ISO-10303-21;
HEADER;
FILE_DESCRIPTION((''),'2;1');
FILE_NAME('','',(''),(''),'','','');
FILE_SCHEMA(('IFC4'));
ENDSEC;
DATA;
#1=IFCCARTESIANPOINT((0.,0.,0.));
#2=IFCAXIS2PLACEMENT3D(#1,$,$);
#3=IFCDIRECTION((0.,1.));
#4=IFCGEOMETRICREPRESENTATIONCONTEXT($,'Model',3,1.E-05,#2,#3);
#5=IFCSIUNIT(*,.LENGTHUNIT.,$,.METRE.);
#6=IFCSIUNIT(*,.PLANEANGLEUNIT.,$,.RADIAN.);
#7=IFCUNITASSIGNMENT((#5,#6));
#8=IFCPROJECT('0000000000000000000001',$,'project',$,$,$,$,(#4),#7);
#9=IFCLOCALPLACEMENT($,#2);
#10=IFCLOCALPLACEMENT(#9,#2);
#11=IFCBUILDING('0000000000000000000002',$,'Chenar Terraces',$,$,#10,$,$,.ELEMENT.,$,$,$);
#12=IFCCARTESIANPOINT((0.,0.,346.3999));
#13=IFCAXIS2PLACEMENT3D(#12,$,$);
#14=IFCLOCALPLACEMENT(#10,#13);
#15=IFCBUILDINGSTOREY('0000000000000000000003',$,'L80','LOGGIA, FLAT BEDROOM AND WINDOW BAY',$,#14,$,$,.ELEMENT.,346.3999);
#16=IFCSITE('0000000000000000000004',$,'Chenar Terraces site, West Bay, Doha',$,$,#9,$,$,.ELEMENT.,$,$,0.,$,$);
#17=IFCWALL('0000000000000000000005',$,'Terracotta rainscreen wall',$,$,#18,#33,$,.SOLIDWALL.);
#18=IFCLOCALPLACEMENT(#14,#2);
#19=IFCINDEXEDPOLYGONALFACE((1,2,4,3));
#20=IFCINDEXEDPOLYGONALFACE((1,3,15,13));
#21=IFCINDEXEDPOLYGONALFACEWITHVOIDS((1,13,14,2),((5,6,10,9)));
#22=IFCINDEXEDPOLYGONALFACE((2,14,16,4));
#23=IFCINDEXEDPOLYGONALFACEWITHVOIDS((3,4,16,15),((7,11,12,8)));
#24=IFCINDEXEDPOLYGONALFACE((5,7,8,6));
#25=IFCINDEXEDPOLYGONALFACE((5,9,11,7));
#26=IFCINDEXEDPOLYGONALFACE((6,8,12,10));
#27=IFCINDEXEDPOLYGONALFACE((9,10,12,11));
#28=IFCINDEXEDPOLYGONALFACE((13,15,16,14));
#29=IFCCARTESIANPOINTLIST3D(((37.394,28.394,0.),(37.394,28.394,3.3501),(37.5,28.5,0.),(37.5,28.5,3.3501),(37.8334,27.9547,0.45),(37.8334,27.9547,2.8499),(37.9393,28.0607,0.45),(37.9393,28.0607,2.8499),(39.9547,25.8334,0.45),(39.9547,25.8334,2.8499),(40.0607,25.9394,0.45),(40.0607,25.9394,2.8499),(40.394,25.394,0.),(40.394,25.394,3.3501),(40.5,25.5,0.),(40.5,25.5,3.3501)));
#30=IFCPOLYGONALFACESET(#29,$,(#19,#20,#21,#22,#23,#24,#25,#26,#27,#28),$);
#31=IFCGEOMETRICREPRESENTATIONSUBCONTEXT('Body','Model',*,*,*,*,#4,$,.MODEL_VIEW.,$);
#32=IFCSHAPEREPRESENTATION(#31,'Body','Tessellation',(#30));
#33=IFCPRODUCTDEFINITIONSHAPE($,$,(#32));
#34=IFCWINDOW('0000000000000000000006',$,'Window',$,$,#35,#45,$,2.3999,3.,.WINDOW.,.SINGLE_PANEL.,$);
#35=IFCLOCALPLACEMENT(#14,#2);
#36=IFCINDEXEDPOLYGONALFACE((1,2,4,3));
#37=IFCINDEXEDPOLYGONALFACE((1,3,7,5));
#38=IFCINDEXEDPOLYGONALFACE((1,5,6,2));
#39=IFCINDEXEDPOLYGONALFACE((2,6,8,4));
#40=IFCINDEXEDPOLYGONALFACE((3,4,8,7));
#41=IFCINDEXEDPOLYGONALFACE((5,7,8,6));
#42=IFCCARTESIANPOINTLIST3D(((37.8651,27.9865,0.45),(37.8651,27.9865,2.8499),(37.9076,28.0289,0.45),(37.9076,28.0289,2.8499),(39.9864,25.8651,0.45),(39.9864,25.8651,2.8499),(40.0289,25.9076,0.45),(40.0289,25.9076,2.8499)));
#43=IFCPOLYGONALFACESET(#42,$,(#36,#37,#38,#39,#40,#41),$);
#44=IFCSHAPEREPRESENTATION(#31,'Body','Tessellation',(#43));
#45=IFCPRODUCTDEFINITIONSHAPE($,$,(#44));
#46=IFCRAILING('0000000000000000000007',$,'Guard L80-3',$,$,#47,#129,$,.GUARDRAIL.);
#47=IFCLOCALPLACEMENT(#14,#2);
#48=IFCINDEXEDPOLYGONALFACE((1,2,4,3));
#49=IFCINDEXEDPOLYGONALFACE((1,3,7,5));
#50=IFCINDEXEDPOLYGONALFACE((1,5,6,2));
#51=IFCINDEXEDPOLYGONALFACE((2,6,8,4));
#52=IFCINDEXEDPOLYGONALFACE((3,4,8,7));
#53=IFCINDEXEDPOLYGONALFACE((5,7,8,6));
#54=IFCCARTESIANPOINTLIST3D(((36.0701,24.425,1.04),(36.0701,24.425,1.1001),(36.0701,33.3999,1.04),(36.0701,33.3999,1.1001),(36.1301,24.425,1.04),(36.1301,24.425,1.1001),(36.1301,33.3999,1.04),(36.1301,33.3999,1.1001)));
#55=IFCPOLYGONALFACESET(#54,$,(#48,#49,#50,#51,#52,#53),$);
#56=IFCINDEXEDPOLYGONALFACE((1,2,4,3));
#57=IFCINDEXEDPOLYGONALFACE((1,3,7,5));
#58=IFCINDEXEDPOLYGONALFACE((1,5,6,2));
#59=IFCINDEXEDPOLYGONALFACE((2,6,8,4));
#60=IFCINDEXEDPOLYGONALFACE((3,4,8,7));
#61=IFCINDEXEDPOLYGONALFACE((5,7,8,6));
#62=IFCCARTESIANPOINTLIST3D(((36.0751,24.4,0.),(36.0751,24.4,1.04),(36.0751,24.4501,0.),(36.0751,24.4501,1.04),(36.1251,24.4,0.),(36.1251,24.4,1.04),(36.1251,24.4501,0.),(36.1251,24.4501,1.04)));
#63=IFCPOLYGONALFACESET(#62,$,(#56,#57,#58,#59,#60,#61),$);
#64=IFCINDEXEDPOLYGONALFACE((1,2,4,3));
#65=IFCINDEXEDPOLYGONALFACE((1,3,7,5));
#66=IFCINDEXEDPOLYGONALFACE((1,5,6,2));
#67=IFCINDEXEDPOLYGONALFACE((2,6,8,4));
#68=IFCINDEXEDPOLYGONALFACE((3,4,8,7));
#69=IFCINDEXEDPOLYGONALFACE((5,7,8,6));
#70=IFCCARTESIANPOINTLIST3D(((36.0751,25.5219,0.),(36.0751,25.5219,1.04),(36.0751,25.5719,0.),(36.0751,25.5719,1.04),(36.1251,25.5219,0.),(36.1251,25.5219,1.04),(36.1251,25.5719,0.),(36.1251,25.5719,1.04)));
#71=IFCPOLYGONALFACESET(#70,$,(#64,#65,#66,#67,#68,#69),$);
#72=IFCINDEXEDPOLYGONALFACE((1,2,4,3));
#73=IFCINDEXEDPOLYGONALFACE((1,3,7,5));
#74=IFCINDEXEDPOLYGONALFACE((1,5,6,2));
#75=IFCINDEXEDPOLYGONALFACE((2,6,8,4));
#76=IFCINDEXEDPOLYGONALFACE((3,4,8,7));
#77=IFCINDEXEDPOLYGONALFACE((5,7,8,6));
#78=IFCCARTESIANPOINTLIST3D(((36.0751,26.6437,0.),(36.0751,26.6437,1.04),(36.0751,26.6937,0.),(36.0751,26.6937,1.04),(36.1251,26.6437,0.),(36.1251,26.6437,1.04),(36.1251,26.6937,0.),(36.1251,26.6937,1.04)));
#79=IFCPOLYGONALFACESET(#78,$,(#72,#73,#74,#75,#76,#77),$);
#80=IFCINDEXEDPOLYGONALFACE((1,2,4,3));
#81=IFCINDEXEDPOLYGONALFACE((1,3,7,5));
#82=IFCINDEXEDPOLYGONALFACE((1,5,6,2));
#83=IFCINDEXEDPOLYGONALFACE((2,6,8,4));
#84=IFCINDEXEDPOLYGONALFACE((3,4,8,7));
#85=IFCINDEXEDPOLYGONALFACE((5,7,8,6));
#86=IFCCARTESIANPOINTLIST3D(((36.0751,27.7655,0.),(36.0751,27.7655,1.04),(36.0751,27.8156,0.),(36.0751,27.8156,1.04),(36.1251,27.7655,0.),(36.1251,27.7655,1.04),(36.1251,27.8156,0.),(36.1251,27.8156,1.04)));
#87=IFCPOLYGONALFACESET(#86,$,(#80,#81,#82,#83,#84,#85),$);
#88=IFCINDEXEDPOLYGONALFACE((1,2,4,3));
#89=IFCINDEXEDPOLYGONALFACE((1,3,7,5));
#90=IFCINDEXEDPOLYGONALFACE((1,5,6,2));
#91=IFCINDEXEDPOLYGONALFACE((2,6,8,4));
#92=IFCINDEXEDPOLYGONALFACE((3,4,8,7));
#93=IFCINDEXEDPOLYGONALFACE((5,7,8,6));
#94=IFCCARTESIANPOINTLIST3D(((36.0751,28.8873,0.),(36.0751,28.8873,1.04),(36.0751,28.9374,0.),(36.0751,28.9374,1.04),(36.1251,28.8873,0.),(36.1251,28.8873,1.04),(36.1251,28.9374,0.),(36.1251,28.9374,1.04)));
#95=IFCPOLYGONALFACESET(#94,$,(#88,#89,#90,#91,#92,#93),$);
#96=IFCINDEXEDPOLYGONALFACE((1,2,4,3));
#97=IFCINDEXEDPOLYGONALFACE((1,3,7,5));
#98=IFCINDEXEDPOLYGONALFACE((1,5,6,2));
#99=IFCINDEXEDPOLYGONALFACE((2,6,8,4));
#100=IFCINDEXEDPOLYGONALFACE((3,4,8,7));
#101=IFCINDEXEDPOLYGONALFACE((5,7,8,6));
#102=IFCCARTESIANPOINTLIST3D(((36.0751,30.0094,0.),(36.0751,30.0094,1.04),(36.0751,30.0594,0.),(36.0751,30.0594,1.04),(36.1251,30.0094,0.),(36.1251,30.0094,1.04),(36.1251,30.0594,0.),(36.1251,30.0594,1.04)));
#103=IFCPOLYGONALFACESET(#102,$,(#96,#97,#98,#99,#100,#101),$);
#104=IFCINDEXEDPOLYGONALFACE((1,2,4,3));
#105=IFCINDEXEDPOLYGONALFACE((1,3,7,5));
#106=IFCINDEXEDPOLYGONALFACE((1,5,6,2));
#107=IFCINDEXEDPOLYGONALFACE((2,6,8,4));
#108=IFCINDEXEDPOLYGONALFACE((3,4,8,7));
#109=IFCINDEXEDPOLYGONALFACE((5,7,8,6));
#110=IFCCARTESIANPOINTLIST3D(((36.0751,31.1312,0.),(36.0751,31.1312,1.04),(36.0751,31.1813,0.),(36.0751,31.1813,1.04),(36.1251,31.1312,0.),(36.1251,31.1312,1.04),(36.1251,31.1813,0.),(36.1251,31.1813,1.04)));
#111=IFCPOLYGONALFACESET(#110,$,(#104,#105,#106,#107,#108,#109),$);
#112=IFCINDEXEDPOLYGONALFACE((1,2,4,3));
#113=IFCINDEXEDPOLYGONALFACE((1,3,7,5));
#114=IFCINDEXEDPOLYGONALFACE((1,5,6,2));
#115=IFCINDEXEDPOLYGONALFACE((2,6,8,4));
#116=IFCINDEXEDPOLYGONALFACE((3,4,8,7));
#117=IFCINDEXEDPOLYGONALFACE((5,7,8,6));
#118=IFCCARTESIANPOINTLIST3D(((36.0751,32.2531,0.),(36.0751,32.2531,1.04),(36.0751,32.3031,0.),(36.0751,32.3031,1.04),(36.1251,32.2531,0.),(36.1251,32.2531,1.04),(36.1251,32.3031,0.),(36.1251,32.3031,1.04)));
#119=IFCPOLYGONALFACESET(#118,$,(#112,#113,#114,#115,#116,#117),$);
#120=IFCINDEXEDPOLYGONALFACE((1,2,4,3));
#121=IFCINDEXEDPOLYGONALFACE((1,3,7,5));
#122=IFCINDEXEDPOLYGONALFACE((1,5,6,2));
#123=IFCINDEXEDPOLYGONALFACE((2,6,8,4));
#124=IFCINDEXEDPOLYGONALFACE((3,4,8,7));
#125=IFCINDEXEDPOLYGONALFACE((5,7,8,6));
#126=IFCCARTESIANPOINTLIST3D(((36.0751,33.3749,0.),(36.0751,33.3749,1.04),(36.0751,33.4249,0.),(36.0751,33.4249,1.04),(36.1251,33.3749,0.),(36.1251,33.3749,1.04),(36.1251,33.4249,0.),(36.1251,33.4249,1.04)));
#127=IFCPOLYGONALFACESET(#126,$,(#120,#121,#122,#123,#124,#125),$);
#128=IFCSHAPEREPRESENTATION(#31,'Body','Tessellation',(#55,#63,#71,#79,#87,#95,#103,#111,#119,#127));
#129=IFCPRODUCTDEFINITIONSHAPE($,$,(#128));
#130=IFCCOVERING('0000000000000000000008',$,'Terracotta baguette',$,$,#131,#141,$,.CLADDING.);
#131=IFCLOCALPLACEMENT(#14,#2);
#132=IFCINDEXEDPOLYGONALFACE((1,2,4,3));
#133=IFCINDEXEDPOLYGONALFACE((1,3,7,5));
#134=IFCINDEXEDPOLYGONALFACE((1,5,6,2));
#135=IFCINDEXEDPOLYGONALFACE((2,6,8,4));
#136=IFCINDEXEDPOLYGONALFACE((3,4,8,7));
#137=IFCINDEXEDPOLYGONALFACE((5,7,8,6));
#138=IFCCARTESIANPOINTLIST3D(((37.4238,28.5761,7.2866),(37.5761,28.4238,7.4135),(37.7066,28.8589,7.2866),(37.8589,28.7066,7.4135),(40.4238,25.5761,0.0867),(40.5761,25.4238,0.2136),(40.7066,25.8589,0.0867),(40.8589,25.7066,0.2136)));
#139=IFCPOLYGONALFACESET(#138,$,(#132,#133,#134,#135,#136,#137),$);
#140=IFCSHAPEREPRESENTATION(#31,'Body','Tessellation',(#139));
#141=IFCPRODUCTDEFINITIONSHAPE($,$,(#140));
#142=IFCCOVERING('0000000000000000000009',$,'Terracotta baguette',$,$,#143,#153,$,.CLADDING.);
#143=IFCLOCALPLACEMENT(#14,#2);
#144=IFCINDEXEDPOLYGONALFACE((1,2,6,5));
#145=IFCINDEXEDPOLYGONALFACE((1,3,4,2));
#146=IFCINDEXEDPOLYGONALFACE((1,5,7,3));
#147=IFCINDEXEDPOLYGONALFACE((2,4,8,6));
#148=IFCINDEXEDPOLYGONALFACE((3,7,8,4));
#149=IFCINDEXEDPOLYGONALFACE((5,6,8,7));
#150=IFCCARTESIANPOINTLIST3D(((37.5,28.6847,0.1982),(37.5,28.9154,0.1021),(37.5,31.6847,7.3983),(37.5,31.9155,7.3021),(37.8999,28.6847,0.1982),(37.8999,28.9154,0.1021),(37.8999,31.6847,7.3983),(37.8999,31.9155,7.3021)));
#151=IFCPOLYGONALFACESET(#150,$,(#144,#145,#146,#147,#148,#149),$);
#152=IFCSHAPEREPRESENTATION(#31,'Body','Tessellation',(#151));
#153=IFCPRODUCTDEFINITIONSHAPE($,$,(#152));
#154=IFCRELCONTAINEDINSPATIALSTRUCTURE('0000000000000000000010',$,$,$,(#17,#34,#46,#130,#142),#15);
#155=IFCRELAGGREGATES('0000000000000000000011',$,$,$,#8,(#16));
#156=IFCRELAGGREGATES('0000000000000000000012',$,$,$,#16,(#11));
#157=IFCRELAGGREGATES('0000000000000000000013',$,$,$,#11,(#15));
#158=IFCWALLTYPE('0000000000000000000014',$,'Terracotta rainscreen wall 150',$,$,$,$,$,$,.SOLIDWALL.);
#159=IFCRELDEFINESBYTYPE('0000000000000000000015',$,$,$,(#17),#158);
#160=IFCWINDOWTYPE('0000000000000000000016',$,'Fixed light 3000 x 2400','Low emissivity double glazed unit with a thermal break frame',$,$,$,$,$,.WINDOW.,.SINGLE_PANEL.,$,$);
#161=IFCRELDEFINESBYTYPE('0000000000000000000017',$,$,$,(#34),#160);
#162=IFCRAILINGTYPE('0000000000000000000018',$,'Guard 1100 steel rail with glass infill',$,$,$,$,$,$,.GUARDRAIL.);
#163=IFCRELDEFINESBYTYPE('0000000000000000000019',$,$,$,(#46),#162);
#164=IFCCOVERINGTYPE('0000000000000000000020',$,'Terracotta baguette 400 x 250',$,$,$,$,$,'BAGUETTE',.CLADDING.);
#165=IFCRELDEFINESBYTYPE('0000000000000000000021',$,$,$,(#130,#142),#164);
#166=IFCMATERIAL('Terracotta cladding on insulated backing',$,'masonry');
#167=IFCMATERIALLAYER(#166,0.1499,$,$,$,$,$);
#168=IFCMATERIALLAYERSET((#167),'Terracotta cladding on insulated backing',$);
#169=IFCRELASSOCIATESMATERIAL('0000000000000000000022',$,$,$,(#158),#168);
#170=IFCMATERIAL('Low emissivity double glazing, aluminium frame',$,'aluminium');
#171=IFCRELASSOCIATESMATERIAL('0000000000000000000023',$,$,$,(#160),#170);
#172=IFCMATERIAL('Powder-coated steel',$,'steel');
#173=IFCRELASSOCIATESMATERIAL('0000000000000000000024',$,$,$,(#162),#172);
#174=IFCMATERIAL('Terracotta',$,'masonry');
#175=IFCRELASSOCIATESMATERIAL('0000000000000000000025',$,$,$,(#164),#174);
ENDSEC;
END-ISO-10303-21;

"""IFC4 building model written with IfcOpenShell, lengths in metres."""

from ifc_helpers import new_model, si_unit, direction, frame, frame_2d, origin, origin_2d, place, context, subcontext, project, spatial, rectangle, extrude, material, layer, layer_set, material_profile, profile_set, type_object, element, fill, save


model = new_model("IFC4")

# Units and contexts
model_context = context("Model", 3, precision=1e-05, world=origin(), true_north=direction((0.0, 1.0)))
body_context = subcontext(model_context, "Body", "Model", "MODEL_VIEW")
ifc_project = project(units=[si_unit("LENGTHUNIT", "METRE"), si_unit("PLANEANGLEUNIT", "RADIAN")], contexts=[model_context])

# Site, building, storey
site_placement = place(None, origin())
site = spatial("IfcSite", under=ifc_project, at=site_placement, Name="Chenar Terraces site, West Bay, Doha", CompositionType="ELEMENT", RefElevation=0.0)
building_placement = place(site_placement, origin())
building = spatial("IfcBuilding", under=site, at=building_placement, Name="Chenar Terraces", CompositionType="ELEMENT")
storey_placement = place(building_placement, frame((0.0, 0.0, 346.3999)))
storey = spatial("IfcBuildingStorey", under=building, at=storey_placement, Name="L80", Description="LOGGIA, FLAT BEDROOM AND WINDOW BAY", CompositionType="ELEMENT", Elevation=346.3999)

# Wall, opening, window
ifc_material_1 = material(Name="Terracotta cladding on insulated backing", Category="masonry")
ifc_layer_1 = layer(ifc_material_1, 0.1499)
ifc_layer_set_1 = layer_set([ifc_layer_1], Name="Terracotta cladding on insulated backing")
wall_type_1 = type_object("IfcWallType", Name="Terracotta rainscreen wall 150", PredefinedType="SOLIDWALL", material=ifc_layer_set_1)
wall_1_placement = place(storey_placement, frame((40.447, 25.447, 0.0), z_axis=(0.0, 0.0, 1.0), x_axis=(-0.707107, 0.707107, 0.0)))
wall_1 = element("IfcWall", 1, at=wall_1_placement, inside=storey, type_object=wall_type_1, Name="Terracotta rainscreen wall", PredefinedType="SOLIDWALL", context=body_context, shape_type="SweptSolid", body=[
    extrude(rectangle(XDim=4.2427, YDim=0.1499, at=frame_2d((2.1213, 0.0))), origin(), (0.0, 0.0, 1.0), 3.3501),
])
opening_placement = place(wall_1_placement, frame((0.6213, 0.0, 0.45)))
opening = element("IfcOpeningElement", 2, at=opening_placement, cuts=wall_1, PredefinedType="OPENING", context=body_context, shape_type="SweptSolid", body=[
    extrude(rectangle(XDim=3.0, YDim=2.3999, at=frame_2d((1.5, 1.2))), frame((0.0, 0.085, 0.0), z_axis=(0.0, -1.0, 0.0), x_axis=(1.0, 0.0, 0.0)), (0.0, 0.0, 1.0), 0.1699),
])
ifc_material_2 = material(Name="Low emissivity double glazing, aluminium frame", Category="aluminium")
window_type = type_object("IfcWindowType", Name="Fixed light 3000 x 2400", Description="Low emissivity double glazed unit with a thermal break frame", PartitioningType="SINGLE_PANEL", PredefinedType="WINDOW", material=ifc_material_2)
window_placement = place(opening_placement, origin())
window = element("IfcWindow", 3, at=window_placement, inside=storey, type_object=window_type, Name="Window", OverallHeight=2.3999, OverallWidth=3.0, PartitioningType="SINGLE_PANEL", PredefinedType="WINDOW", context=body_context, shape_type="SweptSolid", body=[
    extrude(rectangle(XDim=3.0, YDim=2.3999, at=frame_2d((1.5, 1.2))), frame((0.0, 0.03, 0.0), z_axis=(0.0, -1.0, 0.0), x_axis=(1.0, 0.0, 0.0)), (0.0, 0.0, 1.0), 0.0601),
])
fill(opening, window)

# Railing
ifc_material_3 = material(Name="Powder-coated steel", Category="steel")
railing_type = type_object("IfcRailingType", Name="Guard 1100 steel rail with glass infill", PredefinedType="GUARDRAIL", material=ifc_material_3)
railing_placement = place(storey_placement, frame((36.1001, 24.425, 0.0)))
element("IfcRailing", 4, at=railing_placement, inside=storey, type_object=railing_type, Name="Guard L80-3", PredefinedType="GUARDRAIL", context=body_context, shape_type="SweptSolid", body=[
    extrude(rectangle(XDim=0.0601, YDim=0.0601, at=origin_2d()), frame((0.0, 0.0, 1.0701), z_axis=(0.0, 1.0, 0.0), x_axis=(-1.0, 0.0, 0.0)), (0.0, 0.0, 1.0), 8.9749),
    extrude(rectangle(XDim=0.05, YDim=0.05, at=origin_2d()), origin(), (0.0, 0.0, 1.0), 1.04),
    extrude(rectangle(XDim=0.05, YDim=0.05, at=origin_2d()), frame((0.0, 1.1218, 0.0)), (0.0, 0.0, 1.0), 1.04),
    extrude(rectangle(XDim=0.05, YDim=0.05, at=origin_2d()), frame((0.0, 2.2437, 0.0)), (0.0, 0.0, 1.0), 1.04),
    extrude(rectangle(XDim=0.05, YDim=0.05, at=origin_2d()), frame((0.0, 3.3655, 0.0)), (0.0, 0.0, 1.0), 1.04),
    extrude(rectangle(XDim=0.05, YDim=0.05, at=origin_2d()), frame((0.0, 4.4873, 0.0)), (0.0, 0.0, 1.0), 1.04),
    extrude(rectangle(XDim=0.05, YDim=0.05, at=origin_2d()), frame((0.0, 5.6094, 0.0)), (0.0, 0.0, 1.0), 1.04),
    extrude(rectangle(XDim=0.05, YDim=0.05, at=origin_2d()), frame((0.0, 6.7312, 0.0)), (0.0, 0.0, 1.0), 1.04),
    extrude(rectangle(XDim=0.05, YDim=0.05, at=origin_2d()), frame((0.0, 7.853, 0.0)), (0.0, 0.0, 1.0), 1.04),
    extrude(rectangle(XDim=0.05, YDim=0.05, at=origin_2d()), frame((0.0, 8.9749, 0.0)), (0.0, 0.0, 1.0), 1.04),
])

# Coverings
ifc_material_4 = material(Name="Terracotta", Category="masonry")
ifc_material_profile_1 = material_profile(ifc_material_4, rectangle(XDim=0.3999, YDim=0.25, at=origin_2d()), Name="Terracotta baguette 400 x 250")
ifc_profile_set_1 = profile_set([ifc_material_profile_1], Name="Terracotta")
covering_type = type_object("IfcCoveringType", Name="Terracotta baguette 400 x 250", ElementType="BAGUETTE", PredefinedType="CLADDING", material=ifc_profile_set_1)
covering_1_placement = place(storey_placement, frame((40.6414, 25.6414, 0.1501), z_axis=(-0.358981, 0.358981, 0.861548), x_axis=(-0.707107, -0.707107, 0.0)))
element("IfcCovering", 5, at=covering_1_placement, inside=storey, type_object=covering_type, Name="Terracotta baguette", PredefinedType="CLADDING", context=body_context, shape_type="SweptSolid", body=[
    extrude(rectangle(XDim=0.3999, YDim=0.25, at=origin_2d()), origin(), (0.0, 0.0, 1.0), 8.3569),
])
covering_2_placement = place(storey_placement, frame((37.7, 28.8, 0.1501), z_axis=(0.0, 0.384618, 0.923076), x_axis=(-1.0, 0.0, 0.0)))
element("IfcCovering", 6, at=covering_2_placement, inside=storey, type_object=covering_type, Name="Terracotta baguette", PredefinedType="CLADDING", context=body_context, shape_type="SweptSolid", body=[
    extrude(rectangle(XDim=0.3999, YDim=0.25, at=origin_2d()), origin(), (0.0, 0.0, 1.0), 7.8),
])

save(model, "model.ifc")
